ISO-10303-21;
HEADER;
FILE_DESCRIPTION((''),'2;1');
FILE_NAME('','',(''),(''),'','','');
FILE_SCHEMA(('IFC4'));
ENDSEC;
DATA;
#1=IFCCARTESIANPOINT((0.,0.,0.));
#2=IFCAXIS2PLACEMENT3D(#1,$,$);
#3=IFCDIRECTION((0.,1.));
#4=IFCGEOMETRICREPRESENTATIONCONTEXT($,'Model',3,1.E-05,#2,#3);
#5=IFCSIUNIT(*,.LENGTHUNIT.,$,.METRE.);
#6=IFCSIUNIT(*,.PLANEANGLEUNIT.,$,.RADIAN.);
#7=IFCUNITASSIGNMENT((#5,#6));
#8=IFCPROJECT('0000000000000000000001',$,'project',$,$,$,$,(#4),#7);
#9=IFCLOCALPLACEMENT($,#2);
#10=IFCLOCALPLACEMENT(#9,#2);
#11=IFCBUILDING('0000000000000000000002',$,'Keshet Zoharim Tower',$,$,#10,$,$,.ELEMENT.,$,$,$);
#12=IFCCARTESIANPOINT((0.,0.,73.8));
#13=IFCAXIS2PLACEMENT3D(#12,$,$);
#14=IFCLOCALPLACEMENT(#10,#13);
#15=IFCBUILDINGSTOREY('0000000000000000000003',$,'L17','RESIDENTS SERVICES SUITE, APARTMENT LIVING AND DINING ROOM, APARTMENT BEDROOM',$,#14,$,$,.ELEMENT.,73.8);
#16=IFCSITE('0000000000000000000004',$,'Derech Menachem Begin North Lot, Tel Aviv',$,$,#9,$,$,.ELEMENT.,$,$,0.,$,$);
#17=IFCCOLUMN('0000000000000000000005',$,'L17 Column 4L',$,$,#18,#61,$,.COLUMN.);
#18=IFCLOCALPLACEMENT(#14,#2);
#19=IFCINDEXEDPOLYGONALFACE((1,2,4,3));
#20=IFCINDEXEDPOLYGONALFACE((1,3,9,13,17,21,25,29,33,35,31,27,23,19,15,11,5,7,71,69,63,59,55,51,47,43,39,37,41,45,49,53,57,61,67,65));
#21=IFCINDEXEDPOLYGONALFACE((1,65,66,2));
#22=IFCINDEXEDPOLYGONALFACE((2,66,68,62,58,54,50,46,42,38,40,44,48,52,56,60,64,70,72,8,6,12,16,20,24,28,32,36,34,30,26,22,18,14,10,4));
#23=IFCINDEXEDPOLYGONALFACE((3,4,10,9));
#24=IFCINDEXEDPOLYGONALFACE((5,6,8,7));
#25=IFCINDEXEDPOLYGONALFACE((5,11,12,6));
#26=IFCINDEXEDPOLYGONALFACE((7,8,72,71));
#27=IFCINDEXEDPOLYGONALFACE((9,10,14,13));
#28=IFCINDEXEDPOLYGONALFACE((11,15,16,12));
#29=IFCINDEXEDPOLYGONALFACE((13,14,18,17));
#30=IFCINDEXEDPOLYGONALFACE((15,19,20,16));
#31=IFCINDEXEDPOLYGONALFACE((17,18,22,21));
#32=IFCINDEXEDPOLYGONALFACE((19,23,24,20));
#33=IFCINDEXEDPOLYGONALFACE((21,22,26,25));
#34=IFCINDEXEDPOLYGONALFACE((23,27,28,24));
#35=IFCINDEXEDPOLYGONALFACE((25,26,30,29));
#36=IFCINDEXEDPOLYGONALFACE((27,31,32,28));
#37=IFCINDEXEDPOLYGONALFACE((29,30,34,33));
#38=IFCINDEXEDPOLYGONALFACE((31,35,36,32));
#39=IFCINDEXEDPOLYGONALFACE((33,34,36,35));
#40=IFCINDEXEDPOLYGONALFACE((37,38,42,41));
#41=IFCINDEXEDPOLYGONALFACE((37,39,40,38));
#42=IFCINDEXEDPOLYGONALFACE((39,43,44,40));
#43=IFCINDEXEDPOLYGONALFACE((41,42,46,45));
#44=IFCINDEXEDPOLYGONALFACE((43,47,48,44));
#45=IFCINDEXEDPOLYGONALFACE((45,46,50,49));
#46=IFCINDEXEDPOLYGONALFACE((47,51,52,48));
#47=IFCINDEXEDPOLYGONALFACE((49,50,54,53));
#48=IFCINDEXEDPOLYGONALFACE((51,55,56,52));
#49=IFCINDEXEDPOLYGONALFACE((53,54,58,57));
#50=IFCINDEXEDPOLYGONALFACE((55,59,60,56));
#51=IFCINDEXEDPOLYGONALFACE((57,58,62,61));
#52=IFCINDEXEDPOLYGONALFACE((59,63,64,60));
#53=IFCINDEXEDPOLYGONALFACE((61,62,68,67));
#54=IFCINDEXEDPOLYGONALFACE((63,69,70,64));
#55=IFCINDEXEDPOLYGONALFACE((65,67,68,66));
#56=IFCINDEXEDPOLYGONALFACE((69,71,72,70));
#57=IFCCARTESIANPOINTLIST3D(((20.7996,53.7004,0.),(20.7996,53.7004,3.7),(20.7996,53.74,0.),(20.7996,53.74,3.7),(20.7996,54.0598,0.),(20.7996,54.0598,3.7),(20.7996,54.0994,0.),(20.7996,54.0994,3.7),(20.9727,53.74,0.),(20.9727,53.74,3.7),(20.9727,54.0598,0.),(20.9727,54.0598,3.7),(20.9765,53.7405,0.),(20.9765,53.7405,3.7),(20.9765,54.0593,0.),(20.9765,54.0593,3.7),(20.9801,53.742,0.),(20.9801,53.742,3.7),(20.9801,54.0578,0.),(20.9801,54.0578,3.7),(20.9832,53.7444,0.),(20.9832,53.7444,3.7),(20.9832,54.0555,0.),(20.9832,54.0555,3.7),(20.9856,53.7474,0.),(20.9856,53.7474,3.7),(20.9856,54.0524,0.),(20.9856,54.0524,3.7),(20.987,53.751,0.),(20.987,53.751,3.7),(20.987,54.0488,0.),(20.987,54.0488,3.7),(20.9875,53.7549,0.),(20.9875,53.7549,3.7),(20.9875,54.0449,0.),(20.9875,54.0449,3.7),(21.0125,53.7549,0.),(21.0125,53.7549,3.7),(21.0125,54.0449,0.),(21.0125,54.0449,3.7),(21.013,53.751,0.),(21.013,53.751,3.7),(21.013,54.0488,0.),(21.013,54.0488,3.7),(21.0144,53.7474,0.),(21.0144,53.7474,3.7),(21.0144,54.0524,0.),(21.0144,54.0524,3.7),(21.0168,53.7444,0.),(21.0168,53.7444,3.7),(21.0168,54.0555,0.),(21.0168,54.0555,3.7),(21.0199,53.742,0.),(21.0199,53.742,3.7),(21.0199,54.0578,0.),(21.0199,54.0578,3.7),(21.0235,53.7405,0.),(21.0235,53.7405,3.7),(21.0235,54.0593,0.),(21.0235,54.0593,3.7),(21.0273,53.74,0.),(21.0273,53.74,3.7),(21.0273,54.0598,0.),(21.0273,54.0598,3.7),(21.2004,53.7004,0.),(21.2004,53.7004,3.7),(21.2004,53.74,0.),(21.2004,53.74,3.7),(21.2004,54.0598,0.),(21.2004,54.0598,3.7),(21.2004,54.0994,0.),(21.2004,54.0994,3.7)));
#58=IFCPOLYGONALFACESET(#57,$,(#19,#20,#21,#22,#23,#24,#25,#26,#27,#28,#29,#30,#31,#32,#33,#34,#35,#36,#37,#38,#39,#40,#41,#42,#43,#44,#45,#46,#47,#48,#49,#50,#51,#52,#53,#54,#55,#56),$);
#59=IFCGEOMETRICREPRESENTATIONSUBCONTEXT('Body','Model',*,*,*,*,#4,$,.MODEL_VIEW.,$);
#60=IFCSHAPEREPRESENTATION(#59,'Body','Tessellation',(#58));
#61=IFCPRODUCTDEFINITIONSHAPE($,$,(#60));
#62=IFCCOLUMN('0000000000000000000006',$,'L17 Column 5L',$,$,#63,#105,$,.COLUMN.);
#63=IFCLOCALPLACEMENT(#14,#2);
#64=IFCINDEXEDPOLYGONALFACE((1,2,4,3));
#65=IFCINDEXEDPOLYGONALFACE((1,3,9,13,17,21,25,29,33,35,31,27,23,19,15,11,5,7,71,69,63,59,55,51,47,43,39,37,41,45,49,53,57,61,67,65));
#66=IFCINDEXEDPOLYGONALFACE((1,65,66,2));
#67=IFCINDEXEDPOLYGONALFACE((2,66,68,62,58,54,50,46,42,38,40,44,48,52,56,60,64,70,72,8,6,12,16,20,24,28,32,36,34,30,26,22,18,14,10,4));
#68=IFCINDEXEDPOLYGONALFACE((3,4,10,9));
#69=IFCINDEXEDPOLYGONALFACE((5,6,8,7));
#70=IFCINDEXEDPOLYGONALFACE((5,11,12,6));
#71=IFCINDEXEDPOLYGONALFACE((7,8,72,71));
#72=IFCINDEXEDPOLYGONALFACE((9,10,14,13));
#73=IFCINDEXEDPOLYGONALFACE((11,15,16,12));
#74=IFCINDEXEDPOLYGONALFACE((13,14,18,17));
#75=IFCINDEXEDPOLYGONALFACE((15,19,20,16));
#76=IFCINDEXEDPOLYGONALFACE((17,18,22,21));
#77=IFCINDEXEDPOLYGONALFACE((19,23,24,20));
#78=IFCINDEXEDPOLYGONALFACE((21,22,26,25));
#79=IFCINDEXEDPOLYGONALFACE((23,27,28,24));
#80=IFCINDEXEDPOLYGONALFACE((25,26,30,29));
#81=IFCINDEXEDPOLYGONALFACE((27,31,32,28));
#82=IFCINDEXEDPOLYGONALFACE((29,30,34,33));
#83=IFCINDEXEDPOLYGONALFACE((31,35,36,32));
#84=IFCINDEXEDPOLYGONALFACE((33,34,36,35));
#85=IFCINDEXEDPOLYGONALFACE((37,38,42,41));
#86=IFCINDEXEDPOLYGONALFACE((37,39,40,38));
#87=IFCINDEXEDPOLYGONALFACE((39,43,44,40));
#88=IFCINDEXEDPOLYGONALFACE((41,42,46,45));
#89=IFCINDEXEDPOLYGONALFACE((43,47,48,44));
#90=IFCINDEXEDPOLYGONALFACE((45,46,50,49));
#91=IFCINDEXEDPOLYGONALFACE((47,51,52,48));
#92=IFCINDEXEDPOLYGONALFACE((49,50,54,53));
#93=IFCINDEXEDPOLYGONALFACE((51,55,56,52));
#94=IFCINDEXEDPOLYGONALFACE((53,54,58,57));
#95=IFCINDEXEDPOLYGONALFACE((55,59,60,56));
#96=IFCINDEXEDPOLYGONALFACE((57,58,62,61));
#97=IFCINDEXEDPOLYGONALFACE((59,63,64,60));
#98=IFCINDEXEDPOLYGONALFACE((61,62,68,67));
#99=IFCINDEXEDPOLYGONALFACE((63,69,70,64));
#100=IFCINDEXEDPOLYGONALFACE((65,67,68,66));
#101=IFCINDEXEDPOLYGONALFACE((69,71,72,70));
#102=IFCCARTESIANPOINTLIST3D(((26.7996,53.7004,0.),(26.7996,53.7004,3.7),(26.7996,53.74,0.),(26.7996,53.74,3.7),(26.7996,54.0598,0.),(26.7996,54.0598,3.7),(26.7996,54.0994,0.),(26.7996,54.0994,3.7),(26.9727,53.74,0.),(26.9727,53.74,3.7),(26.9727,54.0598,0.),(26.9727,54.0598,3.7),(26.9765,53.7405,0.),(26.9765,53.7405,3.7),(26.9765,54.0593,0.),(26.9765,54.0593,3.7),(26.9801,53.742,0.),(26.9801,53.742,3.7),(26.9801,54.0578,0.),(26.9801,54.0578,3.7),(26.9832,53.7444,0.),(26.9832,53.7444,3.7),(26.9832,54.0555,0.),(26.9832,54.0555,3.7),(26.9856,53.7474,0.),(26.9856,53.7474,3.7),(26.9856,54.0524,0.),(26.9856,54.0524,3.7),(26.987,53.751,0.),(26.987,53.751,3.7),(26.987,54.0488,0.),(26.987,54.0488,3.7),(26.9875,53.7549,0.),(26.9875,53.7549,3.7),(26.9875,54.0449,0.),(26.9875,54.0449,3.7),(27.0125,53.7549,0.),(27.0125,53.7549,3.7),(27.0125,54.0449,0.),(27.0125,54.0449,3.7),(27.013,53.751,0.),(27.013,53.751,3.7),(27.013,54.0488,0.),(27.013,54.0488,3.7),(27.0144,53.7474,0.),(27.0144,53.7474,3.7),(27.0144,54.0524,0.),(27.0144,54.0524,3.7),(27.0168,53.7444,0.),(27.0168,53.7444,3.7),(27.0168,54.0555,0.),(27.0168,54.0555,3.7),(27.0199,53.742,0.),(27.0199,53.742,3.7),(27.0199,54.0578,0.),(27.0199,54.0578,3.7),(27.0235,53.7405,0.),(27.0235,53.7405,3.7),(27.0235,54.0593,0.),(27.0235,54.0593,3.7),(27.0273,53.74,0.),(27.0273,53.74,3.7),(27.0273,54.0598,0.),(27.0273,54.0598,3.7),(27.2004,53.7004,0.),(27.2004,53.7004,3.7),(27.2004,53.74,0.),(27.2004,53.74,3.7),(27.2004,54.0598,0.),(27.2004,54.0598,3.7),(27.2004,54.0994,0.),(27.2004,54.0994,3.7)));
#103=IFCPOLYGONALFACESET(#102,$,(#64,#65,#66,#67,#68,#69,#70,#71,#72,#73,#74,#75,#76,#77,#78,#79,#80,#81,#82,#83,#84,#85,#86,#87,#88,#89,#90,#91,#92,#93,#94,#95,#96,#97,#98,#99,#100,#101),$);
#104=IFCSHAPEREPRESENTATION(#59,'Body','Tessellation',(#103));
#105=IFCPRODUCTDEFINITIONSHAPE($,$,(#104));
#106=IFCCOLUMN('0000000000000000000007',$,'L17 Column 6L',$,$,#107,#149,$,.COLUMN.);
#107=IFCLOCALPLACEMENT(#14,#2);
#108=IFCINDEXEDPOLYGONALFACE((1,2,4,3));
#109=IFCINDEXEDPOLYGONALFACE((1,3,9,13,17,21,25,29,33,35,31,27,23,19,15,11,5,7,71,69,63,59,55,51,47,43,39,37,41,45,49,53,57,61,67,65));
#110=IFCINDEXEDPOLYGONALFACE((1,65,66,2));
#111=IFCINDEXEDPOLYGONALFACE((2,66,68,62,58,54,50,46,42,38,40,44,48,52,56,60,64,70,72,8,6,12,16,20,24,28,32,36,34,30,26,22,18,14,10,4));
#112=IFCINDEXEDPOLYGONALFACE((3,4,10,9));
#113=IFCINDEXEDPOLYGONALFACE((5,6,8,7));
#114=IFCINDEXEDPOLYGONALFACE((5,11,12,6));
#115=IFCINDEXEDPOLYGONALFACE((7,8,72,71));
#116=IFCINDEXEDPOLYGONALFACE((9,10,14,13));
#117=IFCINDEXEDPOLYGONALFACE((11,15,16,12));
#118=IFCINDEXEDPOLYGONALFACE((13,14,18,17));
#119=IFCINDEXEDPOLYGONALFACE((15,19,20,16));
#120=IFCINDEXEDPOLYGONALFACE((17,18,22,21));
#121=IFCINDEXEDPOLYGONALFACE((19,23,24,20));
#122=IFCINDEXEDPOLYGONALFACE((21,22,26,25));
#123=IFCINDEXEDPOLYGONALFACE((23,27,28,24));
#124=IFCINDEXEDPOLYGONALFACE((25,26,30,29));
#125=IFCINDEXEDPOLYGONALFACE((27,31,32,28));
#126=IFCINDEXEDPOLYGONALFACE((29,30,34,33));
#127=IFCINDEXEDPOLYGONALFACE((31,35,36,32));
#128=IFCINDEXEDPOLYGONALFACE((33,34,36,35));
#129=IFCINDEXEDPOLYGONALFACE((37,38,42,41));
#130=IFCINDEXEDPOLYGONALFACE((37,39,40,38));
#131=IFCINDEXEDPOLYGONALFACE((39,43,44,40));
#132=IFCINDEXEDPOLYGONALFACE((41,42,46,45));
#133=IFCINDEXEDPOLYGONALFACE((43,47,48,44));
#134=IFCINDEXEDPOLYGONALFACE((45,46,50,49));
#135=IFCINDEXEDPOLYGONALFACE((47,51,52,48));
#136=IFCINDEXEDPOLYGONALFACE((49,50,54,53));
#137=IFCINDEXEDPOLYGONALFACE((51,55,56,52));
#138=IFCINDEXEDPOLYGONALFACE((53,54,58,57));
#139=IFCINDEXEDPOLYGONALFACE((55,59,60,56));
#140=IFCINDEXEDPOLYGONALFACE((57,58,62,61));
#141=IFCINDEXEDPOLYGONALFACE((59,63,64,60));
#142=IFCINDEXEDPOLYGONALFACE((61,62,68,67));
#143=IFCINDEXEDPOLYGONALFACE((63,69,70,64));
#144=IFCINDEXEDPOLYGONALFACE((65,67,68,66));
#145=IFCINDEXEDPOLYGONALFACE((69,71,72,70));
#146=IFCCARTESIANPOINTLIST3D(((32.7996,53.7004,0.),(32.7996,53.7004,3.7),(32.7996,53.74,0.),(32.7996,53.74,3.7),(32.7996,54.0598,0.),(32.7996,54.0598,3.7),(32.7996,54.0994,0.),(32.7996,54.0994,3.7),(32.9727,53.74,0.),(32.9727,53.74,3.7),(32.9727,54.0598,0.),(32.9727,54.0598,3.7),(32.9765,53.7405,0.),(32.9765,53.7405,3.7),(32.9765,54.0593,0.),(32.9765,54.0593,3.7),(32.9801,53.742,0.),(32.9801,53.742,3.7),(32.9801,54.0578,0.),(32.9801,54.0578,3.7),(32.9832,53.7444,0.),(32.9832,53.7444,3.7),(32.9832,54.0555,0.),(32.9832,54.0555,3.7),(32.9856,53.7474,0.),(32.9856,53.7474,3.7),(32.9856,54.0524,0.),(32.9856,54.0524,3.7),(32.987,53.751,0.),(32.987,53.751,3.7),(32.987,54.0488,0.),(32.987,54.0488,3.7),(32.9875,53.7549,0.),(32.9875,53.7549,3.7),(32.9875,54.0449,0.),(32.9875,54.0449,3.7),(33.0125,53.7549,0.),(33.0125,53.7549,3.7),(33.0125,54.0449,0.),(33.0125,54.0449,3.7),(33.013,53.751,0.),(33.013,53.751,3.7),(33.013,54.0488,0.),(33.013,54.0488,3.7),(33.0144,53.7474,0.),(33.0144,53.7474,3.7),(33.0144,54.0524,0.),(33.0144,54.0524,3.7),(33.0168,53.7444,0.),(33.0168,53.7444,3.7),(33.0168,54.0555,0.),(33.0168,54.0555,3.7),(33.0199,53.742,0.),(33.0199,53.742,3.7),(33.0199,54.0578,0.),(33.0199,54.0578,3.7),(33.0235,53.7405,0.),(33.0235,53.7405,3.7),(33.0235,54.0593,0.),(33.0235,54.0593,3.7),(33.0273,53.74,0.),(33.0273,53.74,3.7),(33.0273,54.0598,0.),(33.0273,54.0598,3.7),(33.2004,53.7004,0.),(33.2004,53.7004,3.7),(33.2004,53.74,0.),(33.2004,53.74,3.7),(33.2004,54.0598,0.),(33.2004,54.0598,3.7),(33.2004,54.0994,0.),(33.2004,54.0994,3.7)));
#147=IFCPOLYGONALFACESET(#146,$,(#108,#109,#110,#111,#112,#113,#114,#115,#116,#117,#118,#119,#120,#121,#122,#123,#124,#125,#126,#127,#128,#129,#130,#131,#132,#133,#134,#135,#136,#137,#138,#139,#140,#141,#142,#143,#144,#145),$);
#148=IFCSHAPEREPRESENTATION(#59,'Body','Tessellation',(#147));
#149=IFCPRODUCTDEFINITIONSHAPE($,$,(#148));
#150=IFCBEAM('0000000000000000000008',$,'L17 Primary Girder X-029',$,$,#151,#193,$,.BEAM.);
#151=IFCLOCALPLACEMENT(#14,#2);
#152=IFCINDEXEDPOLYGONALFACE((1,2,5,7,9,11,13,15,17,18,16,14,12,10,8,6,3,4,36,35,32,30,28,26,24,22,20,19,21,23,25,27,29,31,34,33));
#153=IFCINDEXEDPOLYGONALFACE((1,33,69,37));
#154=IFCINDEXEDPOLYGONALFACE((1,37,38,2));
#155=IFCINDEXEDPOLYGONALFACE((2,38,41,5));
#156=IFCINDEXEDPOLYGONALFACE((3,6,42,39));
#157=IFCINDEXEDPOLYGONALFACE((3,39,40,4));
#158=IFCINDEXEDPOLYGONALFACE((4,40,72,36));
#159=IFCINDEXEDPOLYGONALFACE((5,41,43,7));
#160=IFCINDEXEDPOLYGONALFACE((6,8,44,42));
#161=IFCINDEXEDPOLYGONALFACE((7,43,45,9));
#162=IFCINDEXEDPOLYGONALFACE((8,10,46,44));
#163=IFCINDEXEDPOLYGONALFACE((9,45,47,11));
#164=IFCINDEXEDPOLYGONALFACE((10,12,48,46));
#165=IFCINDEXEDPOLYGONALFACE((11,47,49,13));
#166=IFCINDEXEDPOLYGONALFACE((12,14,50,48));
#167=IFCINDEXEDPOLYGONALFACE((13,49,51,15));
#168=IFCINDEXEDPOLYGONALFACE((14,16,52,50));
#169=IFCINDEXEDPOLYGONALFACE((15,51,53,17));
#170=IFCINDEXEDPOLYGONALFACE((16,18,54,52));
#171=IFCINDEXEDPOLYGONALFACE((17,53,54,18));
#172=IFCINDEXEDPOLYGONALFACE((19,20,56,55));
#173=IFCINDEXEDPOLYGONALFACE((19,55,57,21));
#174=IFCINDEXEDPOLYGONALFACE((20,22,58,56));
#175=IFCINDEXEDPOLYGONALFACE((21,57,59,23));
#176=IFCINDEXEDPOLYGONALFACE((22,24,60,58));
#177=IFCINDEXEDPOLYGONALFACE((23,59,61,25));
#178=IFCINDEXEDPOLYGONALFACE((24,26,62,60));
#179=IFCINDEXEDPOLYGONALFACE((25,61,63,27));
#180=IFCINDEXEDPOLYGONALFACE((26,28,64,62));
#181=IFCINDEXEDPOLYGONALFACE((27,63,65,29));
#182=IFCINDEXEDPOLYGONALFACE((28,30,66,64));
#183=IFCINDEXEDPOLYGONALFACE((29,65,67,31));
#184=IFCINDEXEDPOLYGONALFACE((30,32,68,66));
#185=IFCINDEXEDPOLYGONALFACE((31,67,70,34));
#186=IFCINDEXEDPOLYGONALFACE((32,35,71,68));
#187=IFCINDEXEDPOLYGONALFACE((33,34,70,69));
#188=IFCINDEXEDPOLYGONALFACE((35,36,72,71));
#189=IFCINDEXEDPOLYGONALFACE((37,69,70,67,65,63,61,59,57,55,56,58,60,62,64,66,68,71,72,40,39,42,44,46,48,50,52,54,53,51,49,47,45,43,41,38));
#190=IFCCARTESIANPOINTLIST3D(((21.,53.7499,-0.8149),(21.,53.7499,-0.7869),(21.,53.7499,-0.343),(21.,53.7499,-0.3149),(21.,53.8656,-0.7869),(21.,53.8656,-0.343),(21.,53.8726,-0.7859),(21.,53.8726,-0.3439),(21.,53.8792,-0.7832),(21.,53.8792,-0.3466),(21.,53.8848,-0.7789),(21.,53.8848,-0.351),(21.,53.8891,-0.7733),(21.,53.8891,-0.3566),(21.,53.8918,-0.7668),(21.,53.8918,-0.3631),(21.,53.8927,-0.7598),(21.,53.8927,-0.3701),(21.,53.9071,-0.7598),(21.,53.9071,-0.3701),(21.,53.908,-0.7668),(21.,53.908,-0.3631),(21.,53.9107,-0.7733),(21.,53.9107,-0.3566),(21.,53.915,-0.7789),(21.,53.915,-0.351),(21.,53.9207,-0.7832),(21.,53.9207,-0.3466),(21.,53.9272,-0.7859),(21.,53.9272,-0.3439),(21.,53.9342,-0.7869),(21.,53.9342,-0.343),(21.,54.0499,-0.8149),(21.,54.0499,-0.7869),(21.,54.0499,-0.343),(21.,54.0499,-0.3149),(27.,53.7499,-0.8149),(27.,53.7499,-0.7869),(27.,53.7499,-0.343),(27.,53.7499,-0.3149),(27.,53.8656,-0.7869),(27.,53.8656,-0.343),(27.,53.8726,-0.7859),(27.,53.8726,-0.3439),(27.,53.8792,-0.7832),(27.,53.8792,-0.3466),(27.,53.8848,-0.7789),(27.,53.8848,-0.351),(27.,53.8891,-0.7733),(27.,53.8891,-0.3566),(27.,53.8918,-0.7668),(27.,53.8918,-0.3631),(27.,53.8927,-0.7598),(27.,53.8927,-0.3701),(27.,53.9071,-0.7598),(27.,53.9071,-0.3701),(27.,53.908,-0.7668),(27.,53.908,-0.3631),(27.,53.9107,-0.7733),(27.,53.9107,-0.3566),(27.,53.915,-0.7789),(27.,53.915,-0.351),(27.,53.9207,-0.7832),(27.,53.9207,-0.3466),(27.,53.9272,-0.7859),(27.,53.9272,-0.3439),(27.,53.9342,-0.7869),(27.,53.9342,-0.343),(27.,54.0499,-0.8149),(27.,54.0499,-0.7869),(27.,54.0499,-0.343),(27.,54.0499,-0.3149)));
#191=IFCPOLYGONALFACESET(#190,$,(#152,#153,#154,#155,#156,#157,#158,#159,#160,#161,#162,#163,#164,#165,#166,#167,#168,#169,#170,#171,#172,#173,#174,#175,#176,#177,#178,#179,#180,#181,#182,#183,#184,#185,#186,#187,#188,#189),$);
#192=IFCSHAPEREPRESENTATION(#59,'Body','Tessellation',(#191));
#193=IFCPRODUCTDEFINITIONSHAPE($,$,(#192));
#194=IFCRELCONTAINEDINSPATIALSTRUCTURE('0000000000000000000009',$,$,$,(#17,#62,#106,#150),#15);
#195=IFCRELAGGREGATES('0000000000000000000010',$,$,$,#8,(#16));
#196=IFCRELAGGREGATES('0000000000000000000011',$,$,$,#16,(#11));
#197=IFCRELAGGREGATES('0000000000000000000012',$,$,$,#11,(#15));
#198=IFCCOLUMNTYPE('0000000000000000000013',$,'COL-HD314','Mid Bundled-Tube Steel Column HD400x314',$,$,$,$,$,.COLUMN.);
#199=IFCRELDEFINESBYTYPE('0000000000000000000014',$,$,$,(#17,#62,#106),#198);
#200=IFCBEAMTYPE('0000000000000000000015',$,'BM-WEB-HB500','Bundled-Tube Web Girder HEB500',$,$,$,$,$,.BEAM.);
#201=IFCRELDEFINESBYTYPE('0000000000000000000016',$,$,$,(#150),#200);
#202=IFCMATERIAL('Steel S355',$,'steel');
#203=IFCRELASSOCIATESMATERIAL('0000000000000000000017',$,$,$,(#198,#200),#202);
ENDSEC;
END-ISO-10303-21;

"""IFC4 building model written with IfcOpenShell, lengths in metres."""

from ifc_helpers import new_model, si_unit, direction, frame, origin, origin_2d, place, context, subcontext, project, spatial, i_section, extrude, material, material_profile, profile_set, type_object, element, save


model = new_model("IFC4")

# Units and contexts
model_context = context("Model", 3, precision=1e-05, world=origin(), true_north=direction((0.0, 1.0)))
body_context = subcontext(model_context, "Body", "Model", "MODEL_VIEW")
ifc_project = project(units=[si_unit("LENGTHUNIT", "METRE"), si_unit("PLANEANGLEUNIT", "RADIAN")], contexts=[model_context])

# Site, building, storey
site_placement = place(None, origin())
site = spatial("IfcSite", under=ifc_project, at=site_placement, Name="Derech Menachem Begin North Lot, Tel Aviv", CompositionType="ELEMENT", RefElevation=0.0)
building_placement = place(site_placement, origin())
building = spatial("IfcBuilding", under=site, at=building_placement, Name="Keshet Zoharim Tower", CompositionType="ELEMENT")
storey_placement = place(building_placement, frame((0.0, 0.0, 73.8)))
storey = spatial("IfcBuildingStorey", under=building, at=storey_placement, Name="L17", Description="RESIDENTS SERVICES SUITE, APARTMENT LIVING AND DINING ROOM, APARTMENT BEDROOM", CompositionType="ELEMENT", Elevation=73.8)

# Columns
ifc_material_1 = material(Name="Steel S355", Category="steel")
ifc_material_profile_1 = material_profile(ifc_material_1, i_section(OverallWidth=0.4009, OverallDepth=0.3989, WebThickness=0.0249, FlangeThickness=0.0396, FilletRadius=0.0149, at=origin_2d()), Name="HD400x314")
ifc_profile_set_1 = profile_set([ifc_material_profile_1], Name="Steel S355")
column_type = type_object("IfcColumnType", Name="COL-HD314", Description="Mid Bundled-Tube Steel Column HD400x314", PredefinedType="COLUMN", material=ifc_profile_set_1)
for number, where, z_axis, x_axis, name in (
    (1, (21.0, 53.8999, 0.0), (0.0, 0.0, 1.0), (1.0, 0.0, 0.0), "L17 Column 4L"),
    (2, (27.0, 53.8999, 0.0), (0.0, 0.0, 1.0), (1.0, 0.0, 0.0), "L17 Column 5L"),
    (3, (33.0, 53.8999, 0.0), (0.0, 0.0, 1.0), (1.0, 0.0, 0.0), "L17 Column 6L"),
):
    element("IfcColumn", number, at=place(storey_placement, frame(where, z_axis=z_axis, x_axis=x_axis)), inside=storey, type_object=column_type, Name=name, PredefinedType="COLUMN", context=body_context, shape_type="SweptSolid", body=[
        extrude(i_section(OverallWidth=0.4009, OverallDepth=0.3989, WebThickness=0.0249, FlangeThickness=0.0396, FilletRadius=0.0149, at=origin_2d()), origin(), (0.0, 0.0, 1.0), 3.7),
    ])

# Beam
ifc_material_profile_2 = material_profile(ifc_material_1, i_section(OverallWidth=0.3, OverallDepth=0.5, WebThickness=0.0144, FlangeThickness=0.0281, FilletRadius=0.0271, at=origin_2d()), Name="HEB500")
ifc_profile_set_2 = profile_set([ifc_material_profile_2], Name="Steel S355")
beam_type = type_object("IfcBeamType", Name="BM-WEB-HB500", Description="Bundled-Tube Web Girder HEB500", PredefinedType="BEAM", material=ifc_profile_set_2)
for number, where, z_axis, x_axis, name in (
    (4, (21.0, 53.8999, -0.5649), (1.0, 0.0, 0.0), (0.0, 1.0, 0.0), "L17 Primary Girder X-029"),
):
    element("IfcBeam", number, at=place(storey_placement, frame(where, z_axis=z_axis, x_axis=x_axis)), inside=storey, type_object=beam_type, Name=name, PredefinedType="BEAM", context=body_context, shape_type="SweptSolid", body=[
        extrude(i_section(OverallWidth=0.3, OverallDepth=0.5, WebThickness=0.0144, FlangeThickness=0.0281, FilletRadius=0.0271, at=origin_2d()), origin(), (0.0, 0.0, 1.0), 6.0),
    ])

save(model, "model.ifc")
